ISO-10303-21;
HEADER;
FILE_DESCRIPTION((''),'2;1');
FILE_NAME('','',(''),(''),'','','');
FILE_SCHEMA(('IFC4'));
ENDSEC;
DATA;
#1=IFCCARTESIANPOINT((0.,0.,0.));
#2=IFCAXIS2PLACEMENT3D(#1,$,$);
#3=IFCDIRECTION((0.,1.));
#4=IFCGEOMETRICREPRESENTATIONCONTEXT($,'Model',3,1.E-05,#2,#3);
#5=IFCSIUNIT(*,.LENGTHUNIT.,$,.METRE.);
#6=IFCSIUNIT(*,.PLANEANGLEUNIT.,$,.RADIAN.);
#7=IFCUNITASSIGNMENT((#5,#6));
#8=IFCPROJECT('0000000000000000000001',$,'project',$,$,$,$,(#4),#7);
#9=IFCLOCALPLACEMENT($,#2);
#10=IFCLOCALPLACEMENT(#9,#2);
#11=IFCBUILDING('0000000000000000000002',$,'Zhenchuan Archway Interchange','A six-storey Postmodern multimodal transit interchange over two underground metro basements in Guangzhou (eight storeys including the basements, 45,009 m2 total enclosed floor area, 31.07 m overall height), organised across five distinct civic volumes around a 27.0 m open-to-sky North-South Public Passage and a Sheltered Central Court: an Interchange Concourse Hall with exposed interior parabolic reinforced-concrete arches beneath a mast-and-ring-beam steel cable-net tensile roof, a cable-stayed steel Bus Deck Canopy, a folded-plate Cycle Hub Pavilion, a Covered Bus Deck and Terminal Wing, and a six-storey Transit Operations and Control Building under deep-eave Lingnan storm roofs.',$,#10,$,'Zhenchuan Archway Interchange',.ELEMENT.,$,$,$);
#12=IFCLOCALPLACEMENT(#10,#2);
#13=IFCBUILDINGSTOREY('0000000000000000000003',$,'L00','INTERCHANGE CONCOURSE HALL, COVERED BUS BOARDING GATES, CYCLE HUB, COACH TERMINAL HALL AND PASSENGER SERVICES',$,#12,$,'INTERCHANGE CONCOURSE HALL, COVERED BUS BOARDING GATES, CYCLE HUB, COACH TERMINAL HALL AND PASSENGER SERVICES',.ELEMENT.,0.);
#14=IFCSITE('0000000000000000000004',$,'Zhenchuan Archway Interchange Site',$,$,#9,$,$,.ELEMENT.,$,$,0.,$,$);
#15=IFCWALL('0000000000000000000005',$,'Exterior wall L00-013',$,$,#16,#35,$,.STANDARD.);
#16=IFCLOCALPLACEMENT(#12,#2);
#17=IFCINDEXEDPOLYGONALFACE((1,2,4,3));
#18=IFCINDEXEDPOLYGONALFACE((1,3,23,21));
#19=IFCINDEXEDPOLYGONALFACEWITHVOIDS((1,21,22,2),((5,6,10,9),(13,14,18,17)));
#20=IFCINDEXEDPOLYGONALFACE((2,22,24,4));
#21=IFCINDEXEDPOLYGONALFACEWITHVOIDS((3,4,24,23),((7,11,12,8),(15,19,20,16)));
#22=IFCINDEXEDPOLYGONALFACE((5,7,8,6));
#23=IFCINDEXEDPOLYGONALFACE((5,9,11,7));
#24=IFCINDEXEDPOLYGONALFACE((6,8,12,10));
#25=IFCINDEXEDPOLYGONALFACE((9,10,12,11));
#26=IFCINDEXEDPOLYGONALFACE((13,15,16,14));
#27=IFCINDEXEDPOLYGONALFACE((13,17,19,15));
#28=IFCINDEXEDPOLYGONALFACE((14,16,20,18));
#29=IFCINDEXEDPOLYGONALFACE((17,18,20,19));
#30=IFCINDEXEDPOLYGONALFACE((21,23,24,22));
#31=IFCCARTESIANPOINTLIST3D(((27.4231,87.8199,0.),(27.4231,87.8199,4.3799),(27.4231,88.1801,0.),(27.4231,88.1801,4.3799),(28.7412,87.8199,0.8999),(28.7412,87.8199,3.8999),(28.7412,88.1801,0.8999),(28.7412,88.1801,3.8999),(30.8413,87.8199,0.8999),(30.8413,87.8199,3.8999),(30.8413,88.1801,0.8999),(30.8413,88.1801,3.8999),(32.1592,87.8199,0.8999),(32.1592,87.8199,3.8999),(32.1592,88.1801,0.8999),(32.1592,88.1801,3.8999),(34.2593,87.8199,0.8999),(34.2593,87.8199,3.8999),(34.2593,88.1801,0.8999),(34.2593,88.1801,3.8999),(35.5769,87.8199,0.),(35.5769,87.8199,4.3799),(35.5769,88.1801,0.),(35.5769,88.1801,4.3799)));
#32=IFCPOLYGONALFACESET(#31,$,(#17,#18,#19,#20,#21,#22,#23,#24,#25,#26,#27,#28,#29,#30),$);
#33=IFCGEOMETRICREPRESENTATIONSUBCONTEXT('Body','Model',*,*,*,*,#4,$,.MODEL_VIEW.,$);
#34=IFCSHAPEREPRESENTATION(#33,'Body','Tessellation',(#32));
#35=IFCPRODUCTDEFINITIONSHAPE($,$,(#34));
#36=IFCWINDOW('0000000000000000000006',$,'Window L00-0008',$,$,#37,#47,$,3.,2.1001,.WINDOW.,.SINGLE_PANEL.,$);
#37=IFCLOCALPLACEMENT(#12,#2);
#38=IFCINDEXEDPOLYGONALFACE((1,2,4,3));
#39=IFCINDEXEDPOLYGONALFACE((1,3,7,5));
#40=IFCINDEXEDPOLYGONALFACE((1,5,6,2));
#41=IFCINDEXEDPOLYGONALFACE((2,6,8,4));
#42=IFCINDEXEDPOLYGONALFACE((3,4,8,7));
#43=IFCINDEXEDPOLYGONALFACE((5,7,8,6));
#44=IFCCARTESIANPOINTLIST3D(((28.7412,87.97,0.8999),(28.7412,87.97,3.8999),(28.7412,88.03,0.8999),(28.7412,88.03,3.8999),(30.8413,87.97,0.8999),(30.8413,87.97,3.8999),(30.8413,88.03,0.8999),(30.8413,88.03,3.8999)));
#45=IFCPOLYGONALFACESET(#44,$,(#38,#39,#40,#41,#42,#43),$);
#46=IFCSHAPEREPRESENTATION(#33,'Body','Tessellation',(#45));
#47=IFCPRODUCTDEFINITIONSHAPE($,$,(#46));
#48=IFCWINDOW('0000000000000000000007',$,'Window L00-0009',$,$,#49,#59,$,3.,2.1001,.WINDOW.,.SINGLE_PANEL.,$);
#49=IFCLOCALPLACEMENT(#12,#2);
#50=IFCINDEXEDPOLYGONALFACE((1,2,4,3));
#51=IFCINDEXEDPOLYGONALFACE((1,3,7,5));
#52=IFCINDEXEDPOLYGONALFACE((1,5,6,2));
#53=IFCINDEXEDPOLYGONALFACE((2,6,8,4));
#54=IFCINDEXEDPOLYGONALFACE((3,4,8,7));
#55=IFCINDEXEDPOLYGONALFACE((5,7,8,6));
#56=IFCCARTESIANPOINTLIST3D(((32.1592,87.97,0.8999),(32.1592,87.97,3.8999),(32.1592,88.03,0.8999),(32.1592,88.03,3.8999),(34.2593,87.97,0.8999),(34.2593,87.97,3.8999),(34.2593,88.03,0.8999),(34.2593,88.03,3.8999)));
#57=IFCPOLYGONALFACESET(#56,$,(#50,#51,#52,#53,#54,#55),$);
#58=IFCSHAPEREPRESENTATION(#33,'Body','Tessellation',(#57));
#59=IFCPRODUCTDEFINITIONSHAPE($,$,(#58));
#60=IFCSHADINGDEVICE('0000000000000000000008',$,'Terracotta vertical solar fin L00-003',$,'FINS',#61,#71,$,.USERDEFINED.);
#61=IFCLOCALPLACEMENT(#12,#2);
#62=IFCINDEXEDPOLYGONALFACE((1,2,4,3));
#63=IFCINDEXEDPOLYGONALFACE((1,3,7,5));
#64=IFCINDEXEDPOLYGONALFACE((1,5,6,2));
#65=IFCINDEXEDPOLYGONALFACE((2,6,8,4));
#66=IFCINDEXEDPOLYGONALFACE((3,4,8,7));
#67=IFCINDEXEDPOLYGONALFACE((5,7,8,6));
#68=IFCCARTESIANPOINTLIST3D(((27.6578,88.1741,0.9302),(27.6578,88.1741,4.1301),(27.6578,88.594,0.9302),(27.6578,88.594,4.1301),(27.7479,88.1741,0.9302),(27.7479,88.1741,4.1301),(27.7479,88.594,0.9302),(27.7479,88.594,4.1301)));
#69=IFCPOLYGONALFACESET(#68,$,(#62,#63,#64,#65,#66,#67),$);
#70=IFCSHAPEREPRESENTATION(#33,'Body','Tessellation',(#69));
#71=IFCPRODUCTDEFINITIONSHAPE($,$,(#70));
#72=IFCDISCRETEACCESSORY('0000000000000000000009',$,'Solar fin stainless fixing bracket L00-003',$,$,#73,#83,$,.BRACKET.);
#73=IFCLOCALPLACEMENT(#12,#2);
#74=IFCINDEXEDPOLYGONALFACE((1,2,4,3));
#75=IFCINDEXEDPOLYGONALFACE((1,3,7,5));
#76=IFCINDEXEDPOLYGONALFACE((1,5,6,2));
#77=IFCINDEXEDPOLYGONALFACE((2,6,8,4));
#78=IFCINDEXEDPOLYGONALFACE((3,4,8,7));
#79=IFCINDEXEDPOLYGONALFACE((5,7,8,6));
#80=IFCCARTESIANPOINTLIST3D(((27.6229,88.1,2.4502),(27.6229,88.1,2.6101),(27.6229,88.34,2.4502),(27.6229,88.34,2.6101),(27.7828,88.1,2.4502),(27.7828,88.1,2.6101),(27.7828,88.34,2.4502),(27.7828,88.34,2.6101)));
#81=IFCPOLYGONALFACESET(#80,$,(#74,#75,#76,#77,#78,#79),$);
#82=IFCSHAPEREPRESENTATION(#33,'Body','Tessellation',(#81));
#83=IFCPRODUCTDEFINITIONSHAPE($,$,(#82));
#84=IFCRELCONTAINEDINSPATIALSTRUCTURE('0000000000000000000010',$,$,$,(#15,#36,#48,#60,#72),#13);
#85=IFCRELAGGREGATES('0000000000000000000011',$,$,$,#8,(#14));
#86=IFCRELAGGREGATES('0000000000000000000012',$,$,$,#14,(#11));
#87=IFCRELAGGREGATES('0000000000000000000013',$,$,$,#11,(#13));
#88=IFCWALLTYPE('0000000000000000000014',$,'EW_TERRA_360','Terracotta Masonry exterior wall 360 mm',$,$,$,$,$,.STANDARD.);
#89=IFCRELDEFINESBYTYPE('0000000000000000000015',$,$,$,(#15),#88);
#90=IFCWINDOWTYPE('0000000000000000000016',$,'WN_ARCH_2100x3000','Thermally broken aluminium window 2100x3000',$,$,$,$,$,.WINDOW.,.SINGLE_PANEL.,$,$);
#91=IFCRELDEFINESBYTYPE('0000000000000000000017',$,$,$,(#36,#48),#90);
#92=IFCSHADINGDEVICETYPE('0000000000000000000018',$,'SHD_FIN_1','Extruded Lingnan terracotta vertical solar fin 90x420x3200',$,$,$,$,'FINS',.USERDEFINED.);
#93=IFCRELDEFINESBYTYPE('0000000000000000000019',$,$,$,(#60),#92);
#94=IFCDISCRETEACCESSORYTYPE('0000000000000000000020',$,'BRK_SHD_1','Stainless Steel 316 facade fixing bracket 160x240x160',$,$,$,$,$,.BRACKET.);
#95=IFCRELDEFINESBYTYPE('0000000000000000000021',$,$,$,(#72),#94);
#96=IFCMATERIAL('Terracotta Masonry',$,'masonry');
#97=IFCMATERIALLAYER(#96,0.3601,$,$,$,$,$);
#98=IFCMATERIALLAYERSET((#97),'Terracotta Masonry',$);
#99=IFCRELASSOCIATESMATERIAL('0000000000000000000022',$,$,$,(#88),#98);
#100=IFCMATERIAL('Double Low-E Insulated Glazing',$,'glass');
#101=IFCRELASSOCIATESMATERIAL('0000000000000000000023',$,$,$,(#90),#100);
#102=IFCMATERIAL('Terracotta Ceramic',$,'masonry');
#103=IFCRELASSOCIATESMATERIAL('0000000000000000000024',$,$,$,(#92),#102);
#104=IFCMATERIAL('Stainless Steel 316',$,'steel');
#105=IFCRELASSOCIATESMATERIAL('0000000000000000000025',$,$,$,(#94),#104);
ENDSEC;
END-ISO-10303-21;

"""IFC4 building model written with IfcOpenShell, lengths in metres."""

from ifc_helpers import new_model, si_unit, direction, frame, frame_2d, origin, origin_2d, place, context, subcontext, project, spatial, rectangle, extrude, material, layer, layer_set, type_object, element, fill, save


model = new_model("IFC4")

# Units and contexts
model_context = context("Model", 3, precision=1e-05, world=origin(), true_north=direction((0.0, 1.0)))
body_context = subcontext(model_context, "Body", "Model", "MODEL_VIEW")
ifc_project = project(units=[si_unit("LENGTHUNIT", "METRE"), si_unit("PLANEANGLEUNIT", "RADIAN")], contexts=[model_context])

# Site, building, storey
site_placement = place(None, origin())
site = spatial("IfcSite", under=ifc_project, at=site_placement, Name="Zhenchuan Archway Interchange Site", CompositionType="ELEMENT", RefElevation=0.0)
building_placement = place(site_placement, origin())
building = spatial("IfcBuilding", under=site, at=building_placement, Name="Zhenchuan Archway Interchange", Description="A six-storey Postmodern multimodal transit interchange over two underground metro basements in Guangzhou (eight storeys including the basements, 45,009 m2 total enclosed floor area, 31.07 m overall height), organised across five distinct civic volumes around a 27.0 m open-to-sky North-South Public Passage and a Sheltered Central Court: an Interchange Concourse Hall with exposed interior parabolic reinforced-concrete arches beneath a mast-and-ring-beam steel cable-net tensile roof, a cable-stayed steel Bus Deck Canopy, a folded-plate Cycle Hub Pavilion, a Covered Bus Deck and Terminal Wing, and a six-storey Transit Operations and Control Building under deep-eave Lingnan storm roofs.", LongName="Zhenchuan Archway Interchange", CompositionType="ELEMENT")
storey_placement = place(building_placement, origin())
storey = spatial("IfcBuildingStorey", under=building, at=storey_placement, Name="L00", Description="INTERCHANGE CONCOURSE HALL, COVERED BUS BOARDING GATES, CYCLE HUB, COACH TERMINAL HALL AND PASSENGER SERVICES", LongName="INTERCHANGE CONCOURSE HALL, COVERED BUS BOARDING GATES, CYCLE HUB, COACH TERMINAL HALL AND PASSENGER SERVICES", CompositionType="ELEMENT", Elevation=0.0)

# Shared definitions
ifc_material_1 = material(Name="Double Low-E Insulated Glazing", Category="glass")

# Wall, openings, windows
ifc_material_2 = material(Name="Terracotta Masonry", Category="masonry")
ifc_layer_1 = layer(ifc_material_2, 0.3601)
ifc_layer_set_1 = layer_set([ifc_layer_1], Name="Terracotta Masonry")
wall_type_1 = type_object("IfcWallType", Name="EW_TERRA_360", Description="Terracotta Masonry exterior wall 360 mm", PredefinedType="STANDARD", material=ifc_layer_set_1)
wall_1_placement = place(storey_placement, frame((27.4231, 88.0, 0.0), z_axis=(0.0, 0.0, 1.0), x_axis=(1.0, 0.0, 0.0)))
wall_1 = element("IfcWall", 1, at=wall_1_placement, inside=storey, type_object=wall_type_1, Name="Exterior wall L00-013", PredefinedType="STANDARD", context=body_context, shape_type="SweptSolid", body=[
    extrude(rectangle(XDim=8.1538, YDim=0.3601, at=frame_2d((4.0769, 0.0))), origin(), (0.0, 0.0, 1.0), 4.3799),
])
opening_1_placement = place(wall_1_placement, frame((1.3181, 0.0, 0.8999)))
opening_1 = element("IfcOpeningElement", 2, at=opening_1_placement, cuts=wall_1, PredefinedType="OPENING", context=body_context, shape_type="SweptSolid", body=[
    extrude(rectangle(XDim=2.1001, YDim=3.0, at=frame_2d((1.05, 1.5))), frame((0.0, 0.1919, 0.0), z_axis=(0.0, -1.0, 0.0), x_axis=(1.0, 0.0, 0.0)), (0.0, 0.0, 1.0), 0.384),
])
opening_2_placement = place(wall_1_placement, frame((4.7361, 0.0, 0.8999)))
opening_2 = element("IfcOpeningElement", 3, at=opening_2_placement, cuts=wall_1, PredefinedType="OPENING", context=body_context, shape_type="SweptSolid", body=[
    extrude(rectangle(XDim=2.1001, YDim=3.0, at=frame_2d((1.05, 1.5))), frame((0.0, 0.1919, 0.0), z_axis=(0.0, -1.0, 0.0), x_axis=(1.0, 0.0, 0.0)), (0.0, 0.0, 1.0), 0.384),
])
window_type = type_object("IfcWindowType", Name="WN_ARCH_2100x3000", Description="Thermally broken aluminium window 2100x3000", PartitioningType="SINGLE_PANEL", PredefinedType="WINDOW", material=ifc_material_1)
window_1_placement = place(opening_1_placement, origin())
window_1 = element("IfcWindow", 4, at=window_1_placement, inside=storey, type_object=window_type, Name="Window L00-0008", OverallHeight=3.0, OverallWidth=2.1001, PartitioningType="SINGLE_PANEL", PredefinedType="WINDOW", context=body_context, shape_type="SweptSolid", body=[
    extrude(rectangle(XDim=2.1001, YDim=3.0, at=frame_2d((1.05, 1.5))), frame((0.0, 0.03, 0.0), z_axis=(0.0, -1.0, 0.0), x_axis=(1.0, 0.0, 0.0)), (0.0, 0.0, 1.0), 0.0601),
])
fill(opening_1, window_1)
window_2_placement = place(opening_2_placement, origin())
window_2 = element("IfcWindow", 5, at=window_2_placement, inside=storey, type_object=window_type, Name="Window L00-0009", OverallHeight=3.0, OverallWidth=2.1001, PartitioningType="SINGLE_PANEL", PredefinedType="WINDOW", context=body_context, shape_type="SweptSolid", body=[
    extrude(rectangle(XDim=2.1001, YDim=3.0, at=frame_2d((1.05, 1.5))), frame((0.0, 0.03, 0.0), z_axis=(0.0, -1.0, 0.0), x_axis=(1.0, 0.0, 0.0)), (0.0, 0.0, 1.0), 0.0601),
])
fill(opening_2, window_2)

# Shading device
ifc_material_3 = material(Name="Terracotta Ceramic", Category="masonry")
shading_device_type = type_object("IfcShadingDeviceType", Name="SHD_FIN_1", Description="Extruded Lingnan terracotta vertical solar fin 90x420x3200", ElementType="FINS", PredefinedType="USERDEFINED", material=ifc_material_3)
shading_device_placement = place(storey_placement, frame((27.7029, 88.384, 0.9302), z_axis=(0.0, 0.0, 1.0), x_axis=(1.0, 0.0, 0.0)))
element("IfcShadingDevice", 6, at=shading_device_placement, inside=storey, type_object=shading_device_type, Name="Terracotta vertical solar fin L00-003", ObjectType="FINS", PredefinedType="USERDEFINED", context=body_context, shape_type="SweptSolid", body=[
    extrude(rectangle(XDim=0.0901, YDim=0.4199, at=origin_2d()), origin(), (0.0, 0.0, 1.0), 3.2),
])

# Discrete accessory
ifc_material_4 = material(Name="Stainless Steel 316", Category="steel")
discrete_accessory_type = type_object("IfcDiscreteAccessoryType", Name="BRK_SHD_1", Description="Stainless Steel 316 facade fixing bracket 160x240x160", PredefinedType="BRACKET", material=ifc_material_4)
discrete_accessory_placement = place(storey_placement, frame((27.7029, 88.22, 2.4502), z_axis=(0.0, 0.0, 1.0), x_axis=(1.0, 0.0, 0.0)))
element("IfcDiscreteAccessory", 7, at=discrete_accessory_placement, inside=storey, type_object=discrete_accessory_type, Name="Solar fin stainless fixing bracket L00-003", PredefinedType="BRACKET", context=body_context, shape_type="SweptSolid", body=[
    extrude(rectangle(XDim=0.1599, YDim=0.24, at=origin_2d()), origin(), (0.0, 0.0, 1.0), 0.1599),
])

save(model, "model.ifc")
